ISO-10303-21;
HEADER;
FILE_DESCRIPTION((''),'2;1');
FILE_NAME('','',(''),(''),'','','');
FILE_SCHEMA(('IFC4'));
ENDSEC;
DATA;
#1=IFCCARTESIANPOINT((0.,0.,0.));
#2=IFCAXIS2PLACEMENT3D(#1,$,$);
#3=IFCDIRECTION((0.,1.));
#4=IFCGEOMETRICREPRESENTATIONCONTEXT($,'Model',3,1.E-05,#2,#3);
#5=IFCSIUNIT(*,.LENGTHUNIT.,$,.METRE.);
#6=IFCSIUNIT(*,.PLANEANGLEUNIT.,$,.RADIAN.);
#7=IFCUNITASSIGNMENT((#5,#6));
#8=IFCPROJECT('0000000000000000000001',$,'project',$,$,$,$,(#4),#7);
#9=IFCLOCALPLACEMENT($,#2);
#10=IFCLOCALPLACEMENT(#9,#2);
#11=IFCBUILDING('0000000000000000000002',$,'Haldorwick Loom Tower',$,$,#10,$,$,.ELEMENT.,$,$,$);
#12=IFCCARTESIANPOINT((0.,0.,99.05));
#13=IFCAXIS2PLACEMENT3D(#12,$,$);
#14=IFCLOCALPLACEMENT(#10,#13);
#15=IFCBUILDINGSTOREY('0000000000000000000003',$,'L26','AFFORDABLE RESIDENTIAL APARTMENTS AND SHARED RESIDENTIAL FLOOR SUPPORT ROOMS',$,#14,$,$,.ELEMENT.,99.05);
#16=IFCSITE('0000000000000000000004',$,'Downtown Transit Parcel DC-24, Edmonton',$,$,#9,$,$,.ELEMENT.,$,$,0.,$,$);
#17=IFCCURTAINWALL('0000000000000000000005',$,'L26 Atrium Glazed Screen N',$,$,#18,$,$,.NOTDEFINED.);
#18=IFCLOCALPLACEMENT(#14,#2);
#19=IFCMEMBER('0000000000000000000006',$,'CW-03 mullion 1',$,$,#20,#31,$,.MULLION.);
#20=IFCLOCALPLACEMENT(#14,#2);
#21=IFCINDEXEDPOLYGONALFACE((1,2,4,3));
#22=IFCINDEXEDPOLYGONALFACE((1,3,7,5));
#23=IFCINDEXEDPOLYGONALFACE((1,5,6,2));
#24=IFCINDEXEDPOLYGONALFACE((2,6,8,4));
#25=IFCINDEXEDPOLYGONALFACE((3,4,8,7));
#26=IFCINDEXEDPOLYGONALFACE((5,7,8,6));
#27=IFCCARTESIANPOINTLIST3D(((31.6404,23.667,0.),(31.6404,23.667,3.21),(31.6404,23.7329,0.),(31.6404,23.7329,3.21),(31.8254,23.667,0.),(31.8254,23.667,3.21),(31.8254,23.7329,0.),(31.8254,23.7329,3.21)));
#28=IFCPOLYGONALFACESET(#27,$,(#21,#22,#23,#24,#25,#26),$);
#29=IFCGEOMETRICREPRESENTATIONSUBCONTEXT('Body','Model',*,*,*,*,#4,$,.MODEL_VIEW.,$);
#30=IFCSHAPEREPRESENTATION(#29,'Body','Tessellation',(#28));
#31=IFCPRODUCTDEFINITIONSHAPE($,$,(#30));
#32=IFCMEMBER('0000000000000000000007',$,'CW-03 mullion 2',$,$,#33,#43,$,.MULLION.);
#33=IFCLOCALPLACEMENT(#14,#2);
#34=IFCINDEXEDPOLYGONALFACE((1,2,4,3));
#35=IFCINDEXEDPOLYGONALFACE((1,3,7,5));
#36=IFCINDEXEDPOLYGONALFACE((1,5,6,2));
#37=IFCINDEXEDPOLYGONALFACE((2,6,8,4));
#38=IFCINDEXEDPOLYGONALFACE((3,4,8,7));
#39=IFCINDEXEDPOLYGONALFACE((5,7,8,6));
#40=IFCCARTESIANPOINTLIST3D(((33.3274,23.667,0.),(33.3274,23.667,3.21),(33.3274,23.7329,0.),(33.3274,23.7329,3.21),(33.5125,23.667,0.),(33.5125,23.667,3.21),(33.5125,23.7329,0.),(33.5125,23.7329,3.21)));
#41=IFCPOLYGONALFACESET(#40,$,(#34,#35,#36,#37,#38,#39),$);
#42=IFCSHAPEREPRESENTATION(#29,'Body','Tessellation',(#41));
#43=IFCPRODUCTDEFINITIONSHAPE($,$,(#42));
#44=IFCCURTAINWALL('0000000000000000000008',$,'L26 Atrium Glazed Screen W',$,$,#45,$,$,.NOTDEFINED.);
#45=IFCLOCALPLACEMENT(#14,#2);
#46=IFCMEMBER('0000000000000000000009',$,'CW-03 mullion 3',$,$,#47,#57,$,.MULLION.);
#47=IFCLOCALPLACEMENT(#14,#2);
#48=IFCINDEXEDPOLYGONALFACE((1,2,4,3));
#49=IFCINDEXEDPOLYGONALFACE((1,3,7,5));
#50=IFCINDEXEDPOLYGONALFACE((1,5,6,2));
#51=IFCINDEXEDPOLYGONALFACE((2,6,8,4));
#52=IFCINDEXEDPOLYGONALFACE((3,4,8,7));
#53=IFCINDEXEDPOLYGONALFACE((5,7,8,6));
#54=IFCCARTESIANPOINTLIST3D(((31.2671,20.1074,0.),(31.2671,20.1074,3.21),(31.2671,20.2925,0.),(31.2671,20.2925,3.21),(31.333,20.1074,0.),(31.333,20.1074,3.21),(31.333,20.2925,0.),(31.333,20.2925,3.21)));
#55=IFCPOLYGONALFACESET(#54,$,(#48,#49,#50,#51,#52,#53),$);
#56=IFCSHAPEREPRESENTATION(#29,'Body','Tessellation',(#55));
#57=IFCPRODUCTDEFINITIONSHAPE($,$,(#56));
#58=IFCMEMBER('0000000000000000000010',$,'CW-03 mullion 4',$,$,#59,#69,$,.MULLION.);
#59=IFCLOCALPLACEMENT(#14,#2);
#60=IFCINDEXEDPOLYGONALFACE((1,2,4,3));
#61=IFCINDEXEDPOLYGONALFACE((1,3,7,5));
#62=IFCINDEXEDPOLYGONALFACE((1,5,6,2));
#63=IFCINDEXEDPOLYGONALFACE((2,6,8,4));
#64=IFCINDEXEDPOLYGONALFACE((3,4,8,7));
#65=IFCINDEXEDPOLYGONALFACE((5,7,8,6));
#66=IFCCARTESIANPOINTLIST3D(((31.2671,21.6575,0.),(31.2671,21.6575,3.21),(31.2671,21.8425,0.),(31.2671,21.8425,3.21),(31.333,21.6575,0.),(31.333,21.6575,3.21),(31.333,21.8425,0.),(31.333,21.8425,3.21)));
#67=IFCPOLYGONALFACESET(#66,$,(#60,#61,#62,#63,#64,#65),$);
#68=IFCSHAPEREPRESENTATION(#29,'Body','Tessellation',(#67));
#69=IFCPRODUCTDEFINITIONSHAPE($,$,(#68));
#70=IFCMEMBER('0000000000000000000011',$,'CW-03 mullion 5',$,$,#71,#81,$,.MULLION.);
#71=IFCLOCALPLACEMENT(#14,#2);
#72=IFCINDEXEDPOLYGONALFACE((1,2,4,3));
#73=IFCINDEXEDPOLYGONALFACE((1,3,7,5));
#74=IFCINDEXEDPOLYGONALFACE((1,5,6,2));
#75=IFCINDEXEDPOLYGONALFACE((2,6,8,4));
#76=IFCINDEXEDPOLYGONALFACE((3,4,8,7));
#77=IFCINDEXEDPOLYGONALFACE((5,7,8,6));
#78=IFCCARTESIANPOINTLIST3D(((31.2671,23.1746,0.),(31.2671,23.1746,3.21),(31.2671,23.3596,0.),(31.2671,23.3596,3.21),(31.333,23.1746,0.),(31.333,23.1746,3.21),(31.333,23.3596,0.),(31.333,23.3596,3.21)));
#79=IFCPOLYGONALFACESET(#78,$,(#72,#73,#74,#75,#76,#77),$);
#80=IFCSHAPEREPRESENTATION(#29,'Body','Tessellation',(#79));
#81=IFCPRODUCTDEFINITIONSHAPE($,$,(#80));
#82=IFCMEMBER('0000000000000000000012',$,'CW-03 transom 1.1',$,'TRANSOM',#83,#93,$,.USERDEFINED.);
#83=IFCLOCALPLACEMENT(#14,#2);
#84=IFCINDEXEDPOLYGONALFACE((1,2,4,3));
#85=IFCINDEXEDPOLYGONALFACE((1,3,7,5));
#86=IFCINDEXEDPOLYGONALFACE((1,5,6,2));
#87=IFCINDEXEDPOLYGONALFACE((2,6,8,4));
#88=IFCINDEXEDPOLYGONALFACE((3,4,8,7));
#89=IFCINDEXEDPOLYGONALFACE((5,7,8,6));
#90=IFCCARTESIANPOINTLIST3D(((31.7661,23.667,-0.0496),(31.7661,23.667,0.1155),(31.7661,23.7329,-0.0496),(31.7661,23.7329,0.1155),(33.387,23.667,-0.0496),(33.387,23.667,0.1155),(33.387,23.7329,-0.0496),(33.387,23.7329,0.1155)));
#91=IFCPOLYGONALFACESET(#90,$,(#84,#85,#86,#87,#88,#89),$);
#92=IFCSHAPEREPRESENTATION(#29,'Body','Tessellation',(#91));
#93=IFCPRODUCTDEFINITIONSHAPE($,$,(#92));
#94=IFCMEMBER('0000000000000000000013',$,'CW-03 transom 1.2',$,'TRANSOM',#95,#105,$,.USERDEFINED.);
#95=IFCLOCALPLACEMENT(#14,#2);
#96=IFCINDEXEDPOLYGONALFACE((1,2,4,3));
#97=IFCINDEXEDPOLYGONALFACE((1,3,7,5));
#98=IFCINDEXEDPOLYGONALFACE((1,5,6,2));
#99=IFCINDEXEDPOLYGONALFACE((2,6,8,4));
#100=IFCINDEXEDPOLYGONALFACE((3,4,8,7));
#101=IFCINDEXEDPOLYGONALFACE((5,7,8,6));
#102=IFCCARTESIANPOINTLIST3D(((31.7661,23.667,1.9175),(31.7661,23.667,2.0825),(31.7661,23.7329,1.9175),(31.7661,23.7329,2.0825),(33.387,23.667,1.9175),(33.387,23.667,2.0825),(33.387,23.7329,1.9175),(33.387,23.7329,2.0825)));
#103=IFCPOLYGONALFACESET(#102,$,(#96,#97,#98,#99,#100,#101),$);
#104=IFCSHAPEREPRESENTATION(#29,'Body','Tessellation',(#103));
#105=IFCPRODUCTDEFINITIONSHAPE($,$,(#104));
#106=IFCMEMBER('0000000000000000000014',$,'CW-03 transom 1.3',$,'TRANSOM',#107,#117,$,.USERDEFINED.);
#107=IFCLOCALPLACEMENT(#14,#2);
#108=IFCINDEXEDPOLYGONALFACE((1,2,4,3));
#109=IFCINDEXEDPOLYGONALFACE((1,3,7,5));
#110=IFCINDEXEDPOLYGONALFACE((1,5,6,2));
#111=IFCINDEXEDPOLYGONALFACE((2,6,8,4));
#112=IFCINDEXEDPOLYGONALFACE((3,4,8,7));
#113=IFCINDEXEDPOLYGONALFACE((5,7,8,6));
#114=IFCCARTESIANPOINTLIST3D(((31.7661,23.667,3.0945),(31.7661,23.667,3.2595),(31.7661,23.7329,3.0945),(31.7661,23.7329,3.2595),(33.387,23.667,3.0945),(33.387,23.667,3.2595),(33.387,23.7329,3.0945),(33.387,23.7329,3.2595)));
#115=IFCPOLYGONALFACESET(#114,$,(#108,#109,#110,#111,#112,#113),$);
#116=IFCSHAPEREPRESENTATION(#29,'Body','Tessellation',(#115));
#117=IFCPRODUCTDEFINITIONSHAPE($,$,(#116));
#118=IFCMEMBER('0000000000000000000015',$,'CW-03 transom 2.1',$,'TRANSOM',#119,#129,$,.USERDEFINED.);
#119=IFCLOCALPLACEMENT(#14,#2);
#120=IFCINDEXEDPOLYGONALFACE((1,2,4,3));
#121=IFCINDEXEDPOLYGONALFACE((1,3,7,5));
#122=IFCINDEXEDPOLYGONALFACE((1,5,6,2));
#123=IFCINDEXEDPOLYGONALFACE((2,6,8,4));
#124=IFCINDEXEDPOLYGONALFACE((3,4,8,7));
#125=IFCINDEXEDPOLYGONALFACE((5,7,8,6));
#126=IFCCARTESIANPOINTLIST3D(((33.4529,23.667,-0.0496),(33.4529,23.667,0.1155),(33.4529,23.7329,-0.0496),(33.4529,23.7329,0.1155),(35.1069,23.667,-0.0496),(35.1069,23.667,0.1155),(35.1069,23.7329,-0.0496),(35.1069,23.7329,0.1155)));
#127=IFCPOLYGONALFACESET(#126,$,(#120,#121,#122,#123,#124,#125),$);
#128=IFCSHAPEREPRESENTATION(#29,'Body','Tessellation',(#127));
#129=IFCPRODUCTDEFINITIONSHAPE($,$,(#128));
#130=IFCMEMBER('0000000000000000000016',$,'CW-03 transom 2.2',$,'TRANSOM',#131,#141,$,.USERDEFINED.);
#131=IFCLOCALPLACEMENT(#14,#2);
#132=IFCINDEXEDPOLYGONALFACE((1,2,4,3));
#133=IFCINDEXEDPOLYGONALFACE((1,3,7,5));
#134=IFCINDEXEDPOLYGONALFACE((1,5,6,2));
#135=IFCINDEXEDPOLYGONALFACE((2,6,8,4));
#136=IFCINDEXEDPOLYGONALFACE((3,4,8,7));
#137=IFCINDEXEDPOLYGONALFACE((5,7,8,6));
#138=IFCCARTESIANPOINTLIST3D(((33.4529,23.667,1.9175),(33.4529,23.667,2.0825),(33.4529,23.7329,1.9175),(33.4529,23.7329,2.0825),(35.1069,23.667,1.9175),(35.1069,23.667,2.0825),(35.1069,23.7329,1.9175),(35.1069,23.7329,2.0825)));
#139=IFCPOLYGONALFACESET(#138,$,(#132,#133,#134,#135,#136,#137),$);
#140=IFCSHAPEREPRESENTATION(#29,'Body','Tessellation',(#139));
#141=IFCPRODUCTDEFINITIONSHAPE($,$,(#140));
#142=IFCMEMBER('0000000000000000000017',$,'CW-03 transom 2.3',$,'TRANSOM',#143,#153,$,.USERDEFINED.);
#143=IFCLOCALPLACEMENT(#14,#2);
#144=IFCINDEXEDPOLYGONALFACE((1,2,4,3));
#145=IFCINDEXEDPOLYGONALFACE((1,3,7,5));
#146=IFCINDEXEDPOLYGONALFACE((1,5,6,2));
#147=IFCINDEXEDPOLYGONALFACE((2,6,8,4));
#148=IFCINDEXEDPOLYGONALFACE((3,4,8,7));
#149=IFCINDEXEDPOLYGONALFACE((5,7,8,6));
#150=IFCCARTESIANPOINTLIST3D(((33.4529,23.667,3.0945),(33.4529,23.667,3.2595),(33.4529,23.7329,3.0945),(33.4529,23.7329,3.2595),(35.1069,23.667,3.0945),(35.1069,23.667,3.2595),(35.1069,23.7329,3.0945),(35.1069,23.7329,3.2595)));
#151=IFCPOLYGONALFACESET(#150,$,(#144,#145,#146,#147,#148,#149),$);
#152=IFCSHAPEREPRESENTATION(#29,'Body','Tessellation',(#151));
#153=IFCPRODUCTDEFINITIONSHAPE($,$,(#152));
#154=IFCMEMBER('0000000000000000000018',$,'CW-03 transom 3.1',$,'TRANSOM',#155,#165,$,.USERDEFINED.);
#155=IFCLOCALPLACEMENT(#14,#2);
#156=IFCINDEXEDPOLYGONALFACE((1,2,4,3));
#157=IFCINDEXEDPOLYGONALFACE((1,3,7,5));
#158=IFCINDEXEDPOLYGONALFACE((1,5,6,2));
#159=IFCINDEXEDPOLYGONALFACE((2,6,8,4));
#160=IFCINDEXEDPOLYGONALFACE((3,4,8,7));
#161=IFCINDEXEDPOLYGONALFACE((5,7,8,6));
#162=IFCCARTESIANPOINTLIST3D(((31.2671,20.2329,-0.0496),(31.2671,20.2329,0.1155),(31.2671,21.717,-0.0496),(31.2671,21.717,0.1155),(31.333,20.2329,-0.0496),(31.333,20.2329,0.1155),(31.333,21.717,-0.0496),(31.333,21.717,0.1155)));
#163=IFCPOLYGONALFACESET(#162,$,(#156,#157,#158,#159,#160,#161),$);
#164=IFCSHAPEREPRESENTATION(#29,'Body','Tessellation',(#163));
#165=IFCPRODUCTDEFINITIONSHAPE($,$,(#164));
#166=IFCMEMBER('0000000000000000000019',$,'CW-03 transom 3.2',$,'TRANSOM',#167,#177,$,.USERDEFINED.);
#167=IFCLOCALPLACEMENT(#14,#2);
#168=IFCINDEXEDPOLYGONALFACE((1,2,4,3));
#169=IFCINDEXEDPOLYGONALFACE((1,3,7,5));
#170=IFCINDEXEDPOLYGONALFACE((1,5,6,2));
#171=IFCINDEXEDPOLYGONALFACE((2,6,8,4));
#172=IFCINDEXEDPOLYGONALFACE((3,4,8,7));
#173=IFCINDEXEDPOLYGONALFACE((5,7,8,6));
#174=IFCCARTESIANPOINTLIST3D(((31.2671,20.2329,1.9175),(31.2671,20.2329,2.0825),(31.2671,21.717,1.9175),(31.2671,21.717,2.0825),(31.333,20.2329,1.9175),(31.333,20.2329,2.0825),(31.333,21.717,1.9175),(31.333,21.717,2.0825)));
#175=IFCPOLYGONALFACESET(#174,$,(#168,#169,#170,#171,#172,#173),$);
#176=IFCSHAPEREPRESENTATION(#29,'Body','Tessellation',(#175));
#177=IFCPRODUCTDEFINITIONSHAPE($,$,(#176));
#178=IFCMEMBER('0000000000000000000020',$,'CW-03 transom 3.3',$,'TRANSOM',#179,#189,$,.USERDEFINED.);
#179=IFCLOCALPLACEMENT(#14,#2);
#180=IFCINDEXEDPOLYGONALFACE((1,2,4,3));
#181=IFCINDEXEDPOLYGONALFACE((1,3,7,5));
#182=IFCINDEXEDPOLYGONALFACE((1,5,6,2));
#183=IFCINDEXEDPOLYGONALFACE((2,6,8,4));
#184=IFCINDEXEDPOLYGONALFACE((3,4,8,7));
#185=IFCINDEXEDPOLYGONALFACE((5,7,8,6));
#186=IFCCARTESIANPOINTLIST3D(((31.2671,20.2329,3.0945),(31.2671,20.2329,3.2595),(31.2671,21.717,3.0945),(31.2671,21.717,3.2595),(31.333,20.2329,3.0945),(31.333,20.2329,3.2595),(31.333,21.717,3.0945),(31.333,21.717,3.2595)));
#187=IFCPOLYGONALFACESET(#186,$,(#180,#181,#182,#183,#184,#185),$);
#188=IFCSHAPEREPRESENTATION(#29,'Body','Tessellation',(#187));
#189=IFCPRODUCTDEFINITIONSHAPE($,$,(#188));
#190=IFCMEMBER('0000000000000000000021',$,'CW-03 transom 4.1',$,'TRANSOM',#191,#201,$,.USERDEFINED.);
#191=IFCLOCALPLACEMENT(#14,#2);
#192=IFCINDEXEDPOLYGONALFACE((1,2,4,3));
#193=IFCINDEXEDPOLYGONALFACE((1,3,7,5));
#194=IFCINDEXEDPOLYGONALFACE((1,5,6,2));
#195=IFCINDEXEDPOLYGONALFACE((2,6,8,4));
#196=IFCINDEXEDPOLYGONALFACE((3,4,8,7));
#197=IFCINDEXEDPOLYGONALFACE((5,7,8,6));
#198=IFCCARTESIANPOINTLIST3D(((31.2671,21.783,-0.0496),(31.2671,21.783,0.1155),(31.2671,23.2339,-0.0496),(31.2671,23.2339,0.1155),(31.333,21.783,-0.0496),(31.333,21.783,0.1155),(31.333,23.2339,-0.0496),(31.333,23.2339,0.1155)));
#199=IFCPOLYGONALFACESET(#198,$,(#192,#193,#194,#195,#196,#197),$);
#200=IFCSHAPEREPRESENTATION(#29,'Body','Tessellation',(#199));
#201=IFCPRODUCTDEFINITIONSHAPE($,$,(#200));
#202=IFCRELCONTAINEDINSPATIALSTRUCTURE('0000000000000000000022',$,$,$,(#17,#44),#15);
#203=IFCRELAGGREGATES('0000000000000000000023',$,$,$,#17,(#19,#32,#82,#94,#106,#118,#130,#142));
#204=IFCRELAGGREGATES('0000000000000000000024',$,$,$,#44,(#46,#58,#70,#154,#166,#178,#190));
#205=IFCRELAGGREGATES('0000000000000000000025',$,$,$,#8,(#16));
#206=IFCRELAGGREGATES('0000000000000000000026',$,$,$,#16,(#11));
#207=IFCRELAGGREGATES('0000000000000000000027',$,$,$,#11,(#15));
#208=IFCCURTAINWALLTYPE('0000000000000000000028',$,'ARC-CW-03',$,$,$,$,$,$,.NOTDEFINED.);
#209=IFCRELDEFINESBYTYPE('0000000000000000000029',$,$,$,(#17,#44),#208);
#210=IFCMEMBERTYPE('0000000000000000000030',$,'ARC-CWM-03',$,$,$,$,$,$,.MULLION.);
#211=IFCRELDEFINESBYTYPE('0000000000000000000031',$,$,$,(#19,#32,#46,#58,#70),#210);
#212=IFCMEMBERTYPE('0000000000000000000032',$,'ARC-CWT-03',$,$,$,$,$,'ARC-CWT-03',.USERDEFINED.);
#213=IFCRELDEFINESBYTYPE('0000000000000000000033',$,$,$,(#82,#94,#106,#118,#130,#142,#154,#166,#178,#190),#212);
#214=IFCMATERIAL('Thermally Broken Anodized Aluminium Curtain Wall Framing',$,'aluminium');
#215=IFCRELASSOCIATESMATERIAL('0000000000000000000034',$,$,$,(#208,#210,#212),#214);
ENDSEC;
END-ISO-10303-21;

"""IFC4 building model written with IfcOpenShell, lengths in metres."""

from ifc_helpers import new_model, si_unit, direction, frame, origin, origin_2d, place, context, subcontext, project, spatial, rectangle, extrude, material, material_profile, profile_set, type_object, element, aggregate, save


model = new_model("IFC4")

# Units and contexts
model_context = context("Model", 3, precision=1e-05, world=origin(), true_north=direction((0.0, 1.0)))
body_context = subcontext(model_context, "Body", "Model", "MODEL_VIEW")
ifc_project = project(units=[si_unit("LENGTHUNIT", "METRE"), si_unit("PLANEANGLEUNIT", "RADIAN")], contexts=[model_context])

# Site, building, storey
site_placement = place(None, origin())
site = spatial("IfcSite", under=ifc_project, at=site_placement, Name="Downtown Transit Parcel DC-24, Edmonton", CompositionType="ELEMENT", RefElevation=0.0)
building_placement = place(site_placement, origin())
building = spatial("IfcBuilding", under=site, at=building_placement, Name="Haldorwick Loom Tower", CompositionType="ELEMENT")
storey_placement = place(building_placement, frame((0.0, 0.0, 99.05)))
storey = spatial("IfcBuildingStorey", under=building, at=storey_placement, Name="L26", Description="AFFORDABLE RESIDENTIAL APARTMENTS AND SHARED RESIDENTIAL FLOOR SUPPORT ROOMS", CompositionType="ELEMENT", Elevation=99.05)

# Curtain walls, members
ifc_material_1 = material(Name="Thermally Broken Anodized Aluminium Curtain Wall Framing", Category="aluminium")
curtain_wall_type = type_object("IfcCurtainWallType", Name="ARC-CW-03", PredefinedType="NOTDEFINED", material=ifc_material_1)
curtain_wall_1_placement = place(storey_placement, origin())
curtain_wall_1 = element("IfcCurtainWall", 1, at=curtain_wall_1_placement, inside=storey, type_object=curtain_wall_type, Name="L26 Atrium Glazed Screen N", PredefinedType="NOTDEFINED")
ifc_material_profile_1 = material_profile(ifc_material_1, rectangle(XDim=0.0659, YDim=0.1851, at=origin_2d()), Name="ALU_MUL_66X185", Category="aluminium")
ifc_profile_set_1 = profile_set([ifc_material_profile_1], Name="Thermally Broken Anodized Aluminium Curtain Wall Framing")
member_type_1 = type_object("IfcMemberType", Name="ARC-CWM-03", PredefinedType="MULLION", material=ifc_profile_set_1)
member_1_placement = place(storey_placement, frame((31.7329, 23.7, 0.0), z_axis=(0.0, 0.0, 1.0), x_axis=(0.0, 1.0, 0.0)))
member_1 = element("IfcMember", 2, at=member_1_placement, type_object=member_type_1, Name="CW-03 mullion 1", PredefinedType="MULLION", context=body_context, shape_type="SweptSolid", body=[
    extrude(rectangle(XDim=0.0659, YDim=0.1851, at=origin_2d()), origin(), (0.0, 0.0, 1.0), 3.21),
])
member_2_placement = place(storey_placement, frame((33.4199, 23.7, 0.0), z_axis=(0.0, 0.0, 1.0), x_axis=(0.0, 1.0, 0.0)))
member_2 = element("IfcMember", 3, at=member_2_placement, type_object=member_type_1, Name="CW-03 mullion 2", PredefinedType="MULLION", context=body_context, shape_type="SweptSolid", body=[
    extrude(rectangle(XDim=0.0659, YDim=0.1851, at=origin_2d()), origin(), (0.0, 0.0, 1.0), 3.21),
])
curtain_wall_2_placement = place(storey_placement, origin())
curtain_wall_2 = element("IfcCurtainWall", 4, at=curtain_wall_2_placement, inside=storey, type_object=curtain_wall_type, Name="L26 Atrium Glazed Screen W", PredefinedType="NOTDEFINED")
member_3_placement = place(storey_placement, frame((31.3, 20.2, 0.0), z_axis=(0.0, 0.0, 1.0), x_axis=(-1.0, 0.0, 0.0)))
member_3 = element("IfcMember", 5, at=member_3_placement, type_object=member_type_1, Name="CW-03 mullion 3", PredefinedType="MULLION", context=body_context, shape_type="SweptSolid", body=[
    extrude(rectangle(XDim=0.0659, YDim=0.1851, at=origin_2d()), origin(), (0.0, 0.0, 1.0), 3.21),
])
member_4_placement = place(storey_placement, frame((31.3, 21.75, 0.0), z_axis=(0.0, 0.0, 1.0), x_axis=(-1.0, 0.0, 0.0)))
member_4 = element("IfcMember", 6, at=member_4_placement, type_object=member_type_1, Name="CW-03 mullion 4", PredefinedType="MULLION", context=body_context, shape_type="SweptSolid", body=[
    extrude(rectangle(XDim=0.0659, YDim=0.1851, at=origin_2d()), origin(), (0.0, 0.0, 1.0), 3.21),
])
member_5_placement = place(storey_placement, frame((31.3, 23.2671, 0.0), z_axis=(0.0, 0.0, 1.0), x_axis=(-1.0, 0.0, 0.0)))
member_5 = element("IfcMember", 7, at=member_5_placement, type_object=member_type_1, Name="CW-03 mullion 5", PredefinedType="MULLION", context=body_context, shape_type="SweptSolid", body=[
    extrude(rectangle(XDim=0.0659, YDim=0.1851, at=origin_2d()), origin(), (0.0, 0.0, 1.0), 3.21),
])

# Members
ifc_material_profile_2 = material_profile(ifc_material_1, rectangle(XDim=0.0659, YDim=0.165, at=origin_2d()), Name="ALU_TRN_66X165", Category="aluminium")
ifc_profile_set_2 = profile_set([ifc_material_profile_2], Name="Thermally Broken Anodized Aluminium Curtain Wall Framing")
member_type_2 = type_object("IfcMemberType", Name="ARC-CWT-03", ElementType="ARC-CWT-03", PredefinedType="USERDEFINED", material=ifc_profile_set_2)
member_6_placement = place(storey_placement, frame((31.7661, 23.7, 0.033), z_axis=(1.0, 0.0, 0.0), x_axis=(0.0, 1.0, 0.0)))
member_6 = element("IfcMember", 8, at=member_6_placement, type_object=member_type_2, Name="CW-03 transom 1.1", ObjectType="TRANSOM", PredefinedType="USERDEFINED", context=body_context, shape_type="SweptSolid", body=[
    extrude(rectangle(XDim=0.0659, YDim=0.165, at=origin_2d()), origin(), (0.0, 0.0, 1.0), 1.6208),
])
member_7_placement = place(storey_placement, frame((31.7661, 23.7, 2.0), z_axis=(1.0, 0.0, 0.0), x_axis=(0.0, 1.0, 0.0)))
member_7 = element("IfcMember", 9, at=member_7_placement, type_object=member_type_2, Name="CW-03 transom 1.2", ObjectType="TRANSOM", PredefinedType="USERDEFINED", context=body_context, shape_type="SweptSolid", body=[
    extrude(rectangle(XDim=0.0659, YDim=0.165, at=origin_2d()), origin(), (0.0, 0.0, 1.0), 1.6208),
])
member_8_placement = place(storey_placement, frame((31.7661, 23.7, 3.177), z_axis=(1.0, 0.0, 0.0), x_axis=(0.0, 1.0, 0.0)))
member_8 = element("IfcMember", 10, at=member_8_placement, type_object=member_type_2, Name="CW-03 transom 1.3", ObjectType="TRANSOM", PredefinedType="USERDEFINED", context=body_context, shape_type="SweptSolid", body=[
    extrude(rectangle(XDim=0.0659, YDim=0.165, at=origin_2d()), origin(), (0.0, 0.0, 1.0), 1.6208),
])
member_9_placement = place(storey_placement, frame((33.4529, 23.7, 0.033), z_axis=(1.0, 0.0, 0.0), x_axis=(0.0, 1.0, 0.0)))
member_9 = element("IfcMember", 11, at=member_9_placement, type_object=member_type_2, Name="CW-03 transom 2.1", ObjectType="TRANSOM", PredefinedType="USERDEFINED", context=body_context, shape_type="SweptSolid", body=[
    extrude(rectangle(XDim=0.0659, YDim=0.165, at=origin_2d()), origin(), (0.0, 0.0, 1.0), 1.6541),
])
member_10_placement = place(storey_placement, frame((33.4529, 23.7, 2.0), z_axis=(1.0, 0.0, 0.0), x_axis=(0.0, 1.0, 0.0)))
member_10 = element("IfcMember", 12, at=member_10_placement, type_object=member_type_2, Name="CW-03 transom 2.2", ObjectType="TRANSOM", PredefinedType="USERDEFINED", context=body_context, shape_type="SweptSolid", body=[
    extrude(rectangle(XDim=0.0659, YDim=0.165, at=origin_2d()), origin(), (0.0, 0.0, 1.0), 1.6541),
])
member_11_placement = place(storey_placement, frame((33.4529, 23.7, 3.177), z_axis=(1.0, 0.0, 0.0), x_axis=(0.0, 1.0, 0.0)))
member_11 = element("IfcMember", 13, at=member_11_placement, type_object=member_type_2, Name="CW-03 transom 2.3", ObjectType="TRANSOM", PredefinedType="USERDEFINED", context=body_context, shape_type="SweptSolid", body=[
    extrude(rectangle(XDim=0.0659, YDim=0.165, at=origin_2d()), origin(), (0.0, 0.0, 1.0), 1.6541),
])
member_12_placement = place(storey_placement, frame((31.3, 20.2329, 0.033), z_axis=(0.0, 1.0, 0.0), x_axis=(-1.0, 0.0, 0.0)))
member_12 = element("IfcMember", 14, at=member_12_placement, type_object=member_type_2, Name="CW-03 transom 3.1", ObjectType="TRANSOM", PredefinedType="USERDEFINED", context=body_context, shape_type="SweptSolid", body=[
    extrude(rectangle(XDim=0.0659, YDim=0.165, at=origin_2d()), origin(), (0.0, 0.0, 1.0), 1.4841),
])
member_13_placement = place(storey_placement, frame((31.3, 20.2329, 2.0), z_axis=(0.0, 1.0, 0.0), x_axis=(-1.0, 0.0, 0.0)))
member_13 = element("IfcMember", 15, at=member_13_placement, type_object=member_type_2, Name="CW-03 transom 3.2", ObjectType="TRANSOM", PredefinedType="USERDEFINED", context=body_context, shape_type="SweptSolid", body=[
    extrude(rectangle(XDim=0.0659, YDim=0.165, at=origin_2d()), origin(), (0.0, 0.0, 1.0), 1.4841),
])
member_14_placement = place(storey_placement, frame((31.3, 20.2329, 3.177), z_axis=(0.0, 1.0, 0.0), x_axis=(-1.0, 0.0, 0.0)))
member_14 = element("IfcMember", 16, at=member_14_placement, type_object=member_type_2, Name="CW-03 transom 3.3", ObjectType="TRANSOM", PredefinedType="USERDEFINED", context=body_context, shape_type="SweptSolid", body=[
    extrude(rectangle(XDim=0.0659, YDim=0.165, at=origin_2d()), origin(), (0.0, 0.0, 1.0), 1.4841),
])
member_15_placement = place(storey_placement, frame((31.3, 21.783, 0.033), z_axis=(0.0, 1.0, 0.0), x_axis=(-1.0, 0.0, 0.0)))
member_15 = element("IfcMember", 17, at=member_15_placement, type_object=member_type_2, Name="CW-03 transom 4.1", ObjectType="TRANSOM", PredefinedType="USERDEFINED", context=body_context, shape_type="SweptSolid", body=[
    extrude(rectangle(XDim=0.0659, YDim=0.165, at=origin_2d()), origin(), (0.0, 0.0, 1.0), 1.4509),
])

aggregate(curtain_wall_1, [member_1, member_2, member_6, member_7, member_8, member_9, member_10, member_11])
aggregate(curtain_wall_2, [member_3, member_4, member_5, member_12, member_13, member_14, member_15])

save(model, "model.ifc")
